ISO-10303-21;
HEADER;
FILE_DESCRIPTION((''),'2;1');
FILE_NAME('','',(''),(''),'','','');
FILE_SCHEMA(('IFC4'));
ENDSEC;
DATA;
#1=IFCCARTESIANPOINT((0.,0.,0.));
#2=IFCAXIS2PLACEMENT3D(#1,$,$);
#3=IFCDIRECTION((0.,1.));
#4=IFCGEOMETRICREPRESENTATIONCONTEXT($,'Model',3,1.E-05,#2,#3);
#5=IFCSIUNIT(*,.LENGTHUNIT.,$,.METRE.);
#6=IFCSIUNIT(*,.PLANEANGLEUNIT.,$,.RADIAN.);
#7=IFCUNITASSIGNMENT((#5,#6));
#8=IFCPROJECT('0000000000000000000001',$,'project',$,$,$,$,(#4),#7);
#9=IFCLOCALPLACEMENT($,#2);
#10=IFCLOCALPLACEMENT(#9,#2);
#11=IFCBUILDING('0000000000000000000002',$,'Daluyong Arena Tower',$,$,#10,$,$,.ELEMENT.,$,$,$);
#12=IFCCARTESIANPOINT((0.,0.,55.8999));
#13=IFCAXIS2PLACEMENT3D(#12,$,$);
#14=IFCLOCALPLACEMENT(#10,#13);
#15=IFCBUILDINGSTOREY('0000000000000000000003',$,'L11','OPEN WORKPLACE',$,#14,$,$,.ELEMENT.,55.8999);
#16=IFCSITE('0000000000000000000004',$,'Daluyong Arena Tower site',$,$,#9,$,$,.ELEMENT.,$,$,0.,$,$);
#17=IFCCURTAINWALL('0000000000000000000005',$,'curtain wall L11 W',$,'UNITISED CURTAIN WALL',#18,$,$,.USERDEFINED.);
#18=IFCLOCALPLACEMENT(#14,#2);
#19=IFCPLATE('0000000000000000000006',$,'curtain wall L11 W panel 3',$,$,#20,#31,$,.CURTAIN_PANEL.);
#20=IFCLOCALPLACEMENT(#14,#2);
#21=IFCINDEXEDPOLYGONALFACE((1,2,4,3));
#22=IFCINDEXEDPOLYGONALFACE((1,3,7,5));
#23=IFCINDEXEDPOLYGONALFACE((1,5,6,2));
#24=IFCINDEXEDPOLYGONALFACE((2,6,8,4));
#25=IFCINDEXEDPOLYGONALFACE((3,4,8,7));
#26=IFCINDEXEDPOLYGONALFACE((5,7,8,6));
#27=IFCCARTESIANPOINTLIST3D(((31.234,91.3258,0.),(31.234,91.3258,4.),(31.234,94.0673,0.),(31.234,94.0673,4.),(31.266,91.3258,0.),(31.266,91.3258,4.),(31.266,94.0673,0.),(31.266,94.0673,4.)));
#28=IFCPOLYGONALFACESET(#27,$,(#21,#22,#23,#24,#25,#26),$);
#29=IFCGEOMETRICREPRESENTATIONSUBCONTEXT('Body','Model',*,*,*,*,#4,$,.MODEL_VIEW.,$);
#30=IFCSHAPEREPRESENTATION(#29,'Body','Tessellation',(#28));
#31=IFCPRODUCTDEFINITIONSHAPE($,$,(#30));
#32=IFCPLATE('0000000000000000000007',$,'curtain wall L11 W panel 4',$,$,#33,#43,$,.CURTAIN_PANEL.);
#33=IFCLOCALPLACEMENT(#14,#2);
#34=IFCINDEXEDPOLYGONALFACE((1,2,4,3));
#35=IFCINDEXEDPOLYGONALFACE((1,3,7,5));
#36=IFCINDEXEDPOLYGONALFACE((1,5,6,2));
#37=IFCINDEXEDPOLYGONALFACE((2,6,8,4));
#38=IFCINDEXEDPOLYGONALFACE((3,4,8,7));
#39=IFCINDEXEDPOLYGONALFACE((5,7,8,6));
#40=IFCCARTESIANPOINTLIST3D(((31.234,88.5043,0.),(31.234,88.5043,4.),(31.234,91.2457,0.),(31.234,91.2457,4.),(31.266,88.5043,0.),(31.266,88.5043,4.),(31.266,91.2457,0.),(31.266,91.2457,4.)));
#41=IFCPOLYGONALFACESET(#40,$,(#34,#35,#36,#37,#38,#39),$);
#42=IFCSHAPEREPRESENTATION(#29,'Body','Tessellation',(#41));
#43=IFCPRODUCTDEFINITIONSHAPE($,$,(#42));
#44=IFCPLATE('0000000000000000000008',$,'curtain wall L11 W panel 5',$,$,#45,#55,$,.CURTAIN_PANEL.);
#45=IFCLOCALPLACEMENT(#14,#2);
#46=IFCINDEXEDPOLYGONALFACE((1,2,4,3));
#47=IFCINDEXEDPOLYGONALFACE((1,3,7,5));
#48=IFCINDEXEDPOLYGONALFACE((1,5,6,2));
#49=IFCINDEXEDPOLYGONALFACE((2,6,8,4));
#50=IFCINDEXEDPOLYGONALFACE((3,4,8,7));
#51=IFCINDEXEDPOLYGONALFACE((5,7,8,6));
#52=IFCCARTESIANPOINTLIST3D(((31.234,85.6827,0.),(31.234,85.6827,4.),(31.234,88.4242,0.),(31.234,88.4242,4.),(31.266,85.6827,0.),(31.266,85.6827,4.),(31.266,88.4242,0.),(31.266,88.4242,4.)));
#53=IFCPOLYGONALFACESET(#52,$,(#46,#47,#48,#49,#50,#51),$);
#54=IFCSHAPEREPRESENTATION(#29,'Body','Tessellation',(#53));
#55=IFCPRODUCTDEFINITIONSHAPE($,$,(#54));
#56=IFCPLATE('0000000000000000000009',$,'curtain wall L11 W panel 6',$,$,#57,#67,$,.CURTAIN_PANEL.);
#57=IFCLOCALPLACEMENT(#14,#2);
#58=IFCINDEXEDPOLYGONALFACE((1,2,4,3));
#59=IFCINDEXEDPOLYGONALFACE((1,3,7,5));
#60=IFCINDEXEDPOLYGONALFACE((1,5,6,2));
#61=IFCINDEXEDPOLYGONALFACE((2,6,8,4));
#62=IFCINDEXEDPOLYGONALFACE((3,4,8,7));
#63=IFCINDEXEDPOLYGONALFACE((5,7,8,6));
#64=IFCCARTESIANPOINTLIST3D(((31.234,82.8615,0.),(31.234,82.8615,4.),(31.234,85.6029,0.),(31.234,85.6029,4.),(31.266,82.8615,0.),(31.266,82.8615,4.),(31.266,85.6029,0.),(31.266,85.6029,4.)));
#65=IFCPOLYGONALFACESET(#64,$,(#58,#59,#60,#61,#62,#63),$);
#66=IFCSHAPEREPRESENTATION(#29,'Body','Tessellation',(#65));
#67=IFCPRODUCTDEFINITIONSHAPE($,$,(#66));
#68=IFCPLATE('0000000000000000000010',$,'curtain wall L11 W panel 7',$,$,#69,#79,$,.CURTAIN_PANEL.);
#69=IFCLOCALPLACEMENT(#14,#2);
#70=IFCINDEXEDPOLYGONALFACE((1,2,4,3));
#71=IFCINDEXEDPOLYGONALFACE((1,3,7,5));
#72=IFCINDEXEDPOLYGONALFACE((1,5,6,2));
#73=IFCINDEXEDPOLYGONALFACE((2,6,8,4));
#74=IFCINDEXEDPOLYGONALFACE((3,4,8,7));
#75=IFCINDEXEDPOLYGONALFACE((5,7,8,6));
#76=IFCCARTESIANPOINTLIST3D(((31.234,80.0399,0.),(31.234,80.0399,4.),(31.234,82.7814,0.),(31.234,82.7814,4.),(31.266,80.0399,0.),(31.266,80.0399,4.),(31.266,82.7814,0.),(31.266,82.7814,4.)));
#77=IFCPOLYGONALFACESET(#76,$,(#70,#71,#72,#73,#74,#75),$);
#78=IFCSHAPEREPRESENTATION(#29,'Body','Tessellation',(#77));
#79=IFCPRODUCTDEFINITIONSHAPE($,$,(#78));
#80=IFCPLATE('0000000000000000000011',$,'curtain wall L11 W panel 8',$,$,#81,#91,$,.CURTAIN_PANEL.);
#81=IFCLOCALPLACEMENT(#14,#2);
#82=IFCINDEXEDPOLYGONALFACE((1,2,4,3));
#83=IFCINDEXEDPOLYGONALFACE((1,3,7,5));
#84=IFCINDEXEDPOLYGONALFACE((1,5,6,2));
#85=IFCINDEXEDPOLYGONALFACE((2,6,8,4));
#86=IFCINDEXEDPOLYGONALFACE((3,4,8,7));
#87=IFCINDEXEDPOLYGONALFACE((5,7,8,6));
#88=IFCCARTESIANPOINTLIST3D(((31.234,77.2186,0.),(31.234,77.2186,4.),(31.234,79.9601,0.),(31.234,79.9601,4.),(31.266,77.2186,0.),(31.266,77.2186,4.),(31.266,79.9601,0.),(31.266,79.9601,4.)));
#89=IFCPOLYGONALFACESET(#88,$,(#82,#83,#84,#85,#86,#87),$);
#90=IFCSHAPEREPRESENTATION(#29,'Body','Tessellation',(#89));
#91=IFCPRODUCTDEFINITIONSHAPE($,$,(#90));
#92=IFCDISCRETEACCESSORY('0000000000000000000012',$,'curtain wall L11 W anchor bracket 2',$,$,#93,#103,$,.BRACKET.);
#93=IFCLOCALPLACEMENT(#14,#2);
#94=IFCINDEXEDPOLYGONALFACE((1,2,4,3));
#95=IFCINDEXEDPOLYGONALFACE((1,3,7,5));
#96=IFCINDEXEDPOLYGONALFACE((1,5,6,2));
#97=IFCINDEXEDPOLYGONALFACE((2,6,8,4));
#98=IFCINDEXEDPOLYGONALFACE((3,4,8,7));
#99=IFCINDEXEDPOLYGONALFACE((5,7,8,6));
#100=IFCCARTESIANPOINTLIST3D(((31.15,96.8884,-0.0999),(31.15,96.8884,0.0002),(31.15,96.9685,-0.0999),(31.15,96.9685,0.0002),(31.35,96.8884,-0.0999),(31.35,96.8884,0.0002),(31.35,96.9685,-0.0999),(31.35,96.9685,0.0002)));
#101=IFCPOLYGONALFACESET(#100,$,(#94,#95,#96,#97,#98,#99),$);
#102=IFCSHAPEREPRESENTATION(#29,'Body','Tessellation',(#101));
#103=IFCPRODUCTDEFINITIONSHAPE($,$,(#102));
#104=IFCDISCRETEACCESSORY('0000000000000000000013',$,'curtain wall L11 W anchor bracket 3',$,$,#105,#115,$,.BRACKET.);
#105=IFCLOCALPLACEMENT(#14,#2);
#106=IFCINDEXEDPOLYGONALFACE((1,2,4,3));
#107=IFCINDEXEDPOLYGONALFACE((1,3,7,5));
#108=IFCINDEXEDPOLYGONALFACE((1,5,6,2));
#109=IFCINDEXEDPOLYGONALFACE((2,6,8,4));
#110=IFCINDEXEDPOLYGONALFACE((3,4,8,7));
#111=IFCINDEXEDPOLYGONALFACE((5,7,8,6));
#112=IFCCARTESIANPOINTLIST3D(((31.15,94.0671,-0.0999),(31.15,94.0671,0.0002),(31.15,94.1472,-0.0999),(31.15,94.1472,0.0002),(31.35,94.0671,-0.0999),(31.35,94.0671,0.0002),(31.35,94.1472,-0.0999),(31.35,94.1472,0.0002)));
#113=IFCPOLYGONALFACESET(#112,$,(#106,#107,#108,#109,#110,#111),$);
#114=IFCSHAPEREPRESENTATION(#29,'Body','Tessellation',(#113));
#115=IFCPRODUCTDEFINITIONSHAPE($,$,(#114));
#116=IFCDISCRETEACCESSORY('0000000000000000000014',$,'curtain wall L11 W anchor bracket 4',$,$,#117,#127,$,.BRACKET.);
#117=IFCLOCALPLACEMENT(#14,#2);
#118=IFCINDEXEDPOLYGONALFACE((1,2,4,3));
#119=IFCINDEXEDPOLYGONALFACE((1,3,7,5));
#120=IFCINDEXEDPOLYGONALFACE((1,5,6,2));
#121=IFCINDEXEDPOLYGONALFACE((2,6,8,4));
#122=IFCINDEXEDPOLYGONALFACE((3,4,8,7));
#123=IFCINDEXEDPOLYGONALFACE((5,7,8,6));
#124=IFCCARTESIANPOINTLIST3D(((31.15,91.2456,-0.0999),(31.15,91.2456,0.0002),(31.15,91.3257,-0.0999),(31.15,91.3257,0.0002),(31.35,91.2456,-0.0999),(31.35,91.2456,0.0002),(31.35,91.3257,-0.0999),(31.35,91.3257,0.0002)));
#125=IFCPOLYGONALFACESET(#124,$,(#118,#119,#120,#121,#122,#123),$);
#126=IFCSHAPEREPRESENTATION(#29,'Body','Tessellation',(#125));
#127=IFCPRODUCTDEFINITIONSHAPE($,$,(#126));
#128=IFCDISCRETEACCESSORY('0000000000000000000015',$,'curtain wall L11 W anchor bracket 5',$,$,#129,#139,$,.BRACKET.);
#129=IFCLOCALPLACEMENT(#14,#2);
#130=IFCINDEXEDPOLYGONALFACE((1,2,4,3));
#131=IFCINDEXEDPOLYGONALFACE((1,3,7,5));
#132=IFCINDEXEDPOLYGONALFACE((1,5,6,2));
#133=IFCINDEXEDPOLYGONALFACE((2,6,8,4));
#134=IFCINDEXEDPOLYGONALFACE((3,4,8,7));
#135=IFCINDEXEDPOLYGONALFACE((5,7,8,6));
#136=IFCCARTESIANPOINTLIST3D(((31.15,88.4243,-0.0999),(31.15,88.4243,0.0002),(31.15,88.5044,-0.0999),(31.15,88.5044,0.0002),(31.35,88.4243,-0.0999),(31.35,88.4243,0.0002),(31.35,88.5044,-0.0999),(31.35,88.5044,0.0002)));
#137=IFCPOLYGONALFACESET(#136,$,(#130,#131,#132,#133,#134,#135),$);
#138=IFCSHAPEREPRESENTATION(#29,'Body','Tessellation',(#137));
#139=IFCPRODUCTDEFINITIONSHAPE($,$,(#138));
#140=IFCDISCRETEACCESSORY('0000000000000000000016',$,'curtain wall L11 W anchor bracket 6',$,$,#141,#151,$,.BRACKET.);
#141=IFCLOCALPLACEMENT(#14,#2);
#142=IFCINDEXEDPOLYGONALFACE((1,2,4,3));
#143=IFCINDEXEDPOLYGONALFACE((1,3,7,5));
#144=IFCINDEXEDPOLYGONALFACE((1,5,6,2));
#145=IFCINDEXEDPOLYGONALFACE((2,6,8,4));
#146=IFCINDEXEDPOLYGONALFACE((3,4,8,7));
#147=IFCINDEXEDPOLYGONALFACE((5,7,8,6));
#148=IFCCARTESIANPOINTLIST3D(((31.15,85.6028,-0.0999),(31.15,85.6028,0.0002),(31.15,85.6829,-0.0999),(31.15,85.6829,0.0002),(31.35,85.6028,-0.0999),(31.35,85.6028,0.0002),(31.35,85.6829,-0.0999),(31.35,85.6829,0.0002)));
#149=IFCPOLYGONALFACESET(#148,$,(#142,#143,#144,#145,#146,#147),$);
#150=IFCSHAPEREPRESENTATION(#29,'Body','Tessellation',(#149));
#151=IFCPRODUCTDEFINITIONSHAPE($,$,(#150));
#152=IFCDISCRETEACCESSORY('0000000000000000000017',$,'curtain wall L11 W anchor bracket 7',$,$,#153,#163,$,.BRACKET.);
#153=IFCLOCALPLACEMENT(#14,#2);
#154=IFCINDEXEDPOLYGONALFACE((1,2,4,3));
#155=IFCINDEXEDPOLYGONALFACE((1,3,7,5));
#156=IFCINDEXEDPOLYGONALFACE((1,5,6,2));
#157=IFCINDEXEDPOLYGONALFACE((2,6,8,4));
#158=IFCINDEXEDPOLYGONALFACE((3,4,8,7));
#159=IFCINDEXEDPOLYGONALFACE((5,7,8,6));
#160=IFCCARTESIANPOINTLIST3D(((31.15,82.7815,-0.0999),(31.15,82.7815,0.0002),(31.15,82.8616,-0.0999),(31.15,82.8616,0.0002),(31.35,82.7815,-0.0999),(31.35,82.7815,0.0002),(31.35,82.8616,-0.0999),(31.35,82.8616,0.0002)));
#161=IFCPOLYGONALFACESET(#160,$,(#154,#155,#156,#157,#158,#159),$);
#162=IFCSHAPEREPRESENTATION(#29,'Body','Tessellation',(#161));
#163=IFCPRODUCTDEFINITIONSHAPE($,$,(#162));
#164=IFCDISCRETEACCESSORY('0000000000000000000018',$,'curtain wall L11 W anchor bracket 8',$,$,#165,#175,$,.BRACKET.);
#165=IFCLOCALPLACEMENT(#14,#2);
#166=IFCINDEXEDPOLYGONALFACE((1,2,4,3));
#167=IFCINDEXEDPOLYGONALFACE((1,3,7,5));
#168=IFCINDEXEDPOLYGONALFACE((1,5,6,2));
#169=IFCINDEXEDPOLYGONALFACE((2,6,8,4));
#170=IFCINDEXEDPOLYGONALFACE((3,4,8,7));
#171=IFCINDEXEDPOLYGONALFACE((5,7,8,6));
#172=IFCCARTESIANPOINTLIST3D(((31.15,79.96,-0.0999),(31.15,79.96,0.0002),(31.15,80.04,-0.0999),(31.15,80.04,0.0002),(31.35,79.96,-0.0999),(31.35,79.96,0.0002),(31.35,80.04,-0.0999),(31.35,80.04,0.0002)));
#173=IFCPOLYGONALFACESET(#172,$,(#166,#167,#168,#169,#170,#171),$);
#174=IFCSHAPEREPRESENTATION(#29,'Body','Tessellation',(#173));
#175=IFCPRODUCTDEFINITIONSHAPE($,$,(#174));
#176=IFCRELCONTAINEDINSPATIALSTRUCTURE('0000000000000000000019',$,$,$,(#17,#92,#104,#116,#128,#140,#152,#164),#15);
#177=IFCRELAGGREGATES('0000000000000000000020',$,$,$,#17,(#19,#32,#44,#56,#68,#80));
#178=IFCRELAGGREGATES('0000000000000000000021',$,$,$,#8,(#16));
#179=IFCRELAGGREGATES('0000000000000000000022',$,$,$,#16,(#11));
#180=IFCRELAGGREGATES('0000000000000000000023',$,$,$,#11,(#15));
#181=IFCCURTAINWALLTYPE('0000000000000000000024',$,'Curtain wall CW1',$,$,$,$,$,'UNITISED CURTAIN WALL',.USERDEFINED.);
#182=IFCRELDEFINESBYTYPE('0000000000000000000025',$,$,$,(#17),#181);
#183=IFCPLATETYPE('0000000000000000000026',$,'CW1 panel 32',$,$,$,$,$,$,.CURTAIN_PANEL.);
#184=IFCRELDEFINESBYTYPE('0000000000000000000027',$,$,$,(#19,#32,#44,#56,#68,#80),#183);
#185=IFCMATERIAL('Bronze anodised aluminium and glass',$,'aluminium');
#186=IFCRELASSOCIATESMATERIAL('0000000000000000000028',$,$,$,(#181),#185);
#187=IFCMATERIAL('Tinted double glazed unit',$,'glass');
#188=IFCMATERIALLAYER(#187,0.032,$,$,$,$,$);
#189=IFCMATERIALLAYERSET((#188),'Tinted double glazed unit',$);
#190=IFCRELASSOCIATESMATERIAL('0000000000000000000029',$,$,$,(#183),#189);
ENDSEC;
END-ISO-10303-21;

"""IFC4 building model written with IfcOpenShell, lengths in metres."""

from ifc_helpers import new_model, si_unit, direction, frame, origin, origin_2d, place, context, subcontext, project, spatial, rectangle, extrude, material, layer, layer_set, type_object, element, aggregate, save


model = new_model("IFC4")

# Units and contexts
model_context = context("Model", 3, precision=1e-05, world=origin(), true_north=direction((0.0, 1.0)))
body_context = subcontext(model_context, "Body", "Model", "MODEL_VIEW")
ifc_project = project(units=[si_unit("LENGTHUNIT", "METRE"), si_unit("PLANEANGLEUNIT", "RADIAN")], contexts=[model_context])

# Site, building, storey
site_placement = place(None, origin())
site = spatial("IfcSite", under=ifc_project, at=site_placement, Name="Daluyong Arena Tower site", CompositionType="ELEMENT", RefElevation=0.0)
building_placement = place(site_placement, origin())
building = spatial("IfcBuilding", under=site, at=building_placement, Name="Daluyong Arena Tower", CompositionType="ELEMENT")
storey_placement = place(building_placement, frame((0.0, 0.0, 55.8999)))
storey = spatial("IfcBuildingStorey", under=building, at=storey_placement, Name="L11", Description="OPEN WORKPLACE", CompositionType="ELEMENT", Elevation=55.8999)

# Curtain wall
ifc_material_1 = material(Name="Bronze anodised aluminium and glass", Category="aluminium")
curtain_wall_type = type_object("IfcCurtainWallType", Name="Curtain wall CW1", ElementType="UNITISED CURTAIN WALL", PredefinedType="USERDEFINED", material=ifc_material_1)
curtain_wall_placement = place(storey_placement, origin())
curtain_wall = element("IfcCurtainWall", 1, at=curtain_wall_placement, inside=storey, type_object=curtain_wall_type, Name="curtain wall L11 W", ObjectType="UNITISED CURTAIN WALL", PredefinedType="USERDEFINED")

# Plates
ifc_material_2 = material(Name="Tinted double glazed unit", Category="glass")
ifc_layer = layer(ifc_material_2, 0.032)
ifc_layer_set = layer_set([ifc_layer], Name="Tinted double glazed unit")
plate_type = type_object("IfcPlateType", Name="CW1 panel 32", PredefinedType="CURTAIN_PANEL", material=ifc_layer_set)
plate_1_placement = place(storey_placement, frame((31.25, 92.6965, 0.0), z_axis=(0.0, 0.0, 1.0), x_axis=(0.0, -1.0, 0.0)))
plate_1 = element("IfcPlate", 2, at=plate_1_placement, type_object=plate_type, Name="curtain wall L11 W panel 3", PredefinedType="CURTAIN_PANEL", context=body_context, shape_type="SweptSolid", body=[
    extrude(rectangle(XDim=2.7415, YDim=0.032, at=origin_2d()), origin(), (0.0, 0.0, 1.0), 4.0),
])
plate_2_placement = place(storey_placement, frame((31.25, 89.875, 0.0), z_axis=(0.0, 0.0, 1.0), x_axis=(0.0, -1.0, 0.0)))
plate_2 = element("IfcPlate", 3, at=plate_2_placement, type_object=plate_type, Name="curtain wall L11 W panel 4", PredefinedType="CURTAIN_PANEL", context=body_context, shape_type="SweptSolid", body=[
    extrude(rectangle(XDim=2.7415, YDim=0.032, at=origin_2d()), origin(), (0.0, 0.0, 1.0), 4.0),
])
plate_3_placement = place(storey_placement, frame((31.25, 87.0535, 0.0), z_axis=(0.0, 0.0, 1.0), x_axis=(0.0, -1.0, 0.0)))
plate_3 = element("IfcPlate", 4, at=plate_3_placement, type_object=plate_type, Name="curtain wall L11 W panel 5", PredefinedType="CURTAIN_PANEL", context=body_context, shape_type="SweptSolid", body=[
    extrude(rectangle(XDim=2.7415, YDim=0.032, at=origin_2d()), origin(), (0.0, 0.0, 1.0), 4.0),
])
plate_4_placement = place(storey_placement, frame((31.25, 84.2322, 0.0), z_axis=(0.0, 0.0, 1.0), x_axis=(0.0, -1.0, 0.0)))
plate_4 = element("IfcPlate", 5, at=plate_4_placement, type_object=plate_type, Name="curtain wall L11 W panel 6", PredefinedType="CURTAIN_PANEL", context=body_context, shape_type="SweptSolid", body=[
    extrude(rectangle(XDim=2.7415, YDim=0.032, at=origin_2d()), origin(), (0.0, 0.0, 1.0), 4.0),
])
plate_5_placement = place(storey_placement, frame((31.25, 81.4106, 0.0), z_axis=(0.0, 0.0, 1.0), x_axis=(0.0, -1.0, 0.0)))
plate_5 = element("IfcPlate", 6, at=plate_5_placement, type_object=plate_type, Name="curtain wall L11 W panel 7", PredefinedType="CURTAIN_PANEL", context=body_context, shape_type="SweptSolid", body=[
    extrude(rectangle(XDim=2.7415, YDim=0.032, at=origin_2d()), origin(), (0.0, 0.0, 1.0), 4.0),
])
plate_6_placement = place(storey_placement, frame((31.25, 78.5894, 0.0), z_axis=(0.0, 0.0, 1.0), x_axis=(0.0, -1.0, 0.0)))
plate_6 = element("IfcPlate", 7, at=plate_6_placement, type_object=plate_type, Name="curtain wall L11 W panel 8", PredefinedType="CURTAIN_PANEL", context=body_context, shape_type="SweptSolid", body=[
    extrude(rectangle(XDim=2.7415, YDim=0.032, at=origin_2d()), origin(), (0.0, 0.0, 1.0), 4.0),
])
aggregate(curtain_wall, [plate_1, plate_2, plate_3, plate_4, plate_5, plate_6])

# Discrete accessories
for number, where, z_axis, x_axis, name in (
    (8, (31.25, 96.9285, -0.0999), (0.0, 0.0, 1.0), (0.0, -1.0, 0.0), "curtain wall L11 W anchor bracket 2"),
    (9, (31.25, 94.1072, -0.0999), (0.0, 0.0, 1.0), (0.0, -1.0, 0.0), "curtain wall L11 W anchor bracket 3"),
    (10, (31.25, 91.2856, -0.0999), (0.0, 0.0, 1.0), (0.0, -1.0, 0.0), "curtain wall L11 W anchor bracket 4"),
    (11, (31.25, 88.4644, -0.0999), (0.0, 0.0, 1.0), (0.0, -1.0, 0.0), "curtain wall L11 W anchor bracket 5"),
    (12, (31.25, 85.6428, -0.0999), (0.0, 0.0, 1.0), (0.0, -1.0, 0.0), "curtain wall L11 W anchor bracket 6"),
    (13, (31.25, 82.8215, -0.0999), (0.0, 0.0, 1.0), (0.0, -1.0, 0.0), "curtain wall L11 W anchor bracket 7"),
    (14, (31.25, 80.0, -0.0999), (0.0, 0.0, 1.0), (0.0, -1.0, 0.0), "curtain wall L11 W anchor bracket 8"),
):
    element("IfcDiscreteAccessory", number, at=place(storey_placement, frame(where, z_axis=z_axis, x_axis=x_axis)), inside=storey, Name=name, PredefinedType="BRACKET", context=body_context, shape_type="SweptSolid", body=[
        extrude(rectangle(XDim=0.0801, YDim=0.2, at=origin_2d()), origin(), (0.0, 0.0, 1.0), 0.1001),
    ])

save(model, "model.ifc")
